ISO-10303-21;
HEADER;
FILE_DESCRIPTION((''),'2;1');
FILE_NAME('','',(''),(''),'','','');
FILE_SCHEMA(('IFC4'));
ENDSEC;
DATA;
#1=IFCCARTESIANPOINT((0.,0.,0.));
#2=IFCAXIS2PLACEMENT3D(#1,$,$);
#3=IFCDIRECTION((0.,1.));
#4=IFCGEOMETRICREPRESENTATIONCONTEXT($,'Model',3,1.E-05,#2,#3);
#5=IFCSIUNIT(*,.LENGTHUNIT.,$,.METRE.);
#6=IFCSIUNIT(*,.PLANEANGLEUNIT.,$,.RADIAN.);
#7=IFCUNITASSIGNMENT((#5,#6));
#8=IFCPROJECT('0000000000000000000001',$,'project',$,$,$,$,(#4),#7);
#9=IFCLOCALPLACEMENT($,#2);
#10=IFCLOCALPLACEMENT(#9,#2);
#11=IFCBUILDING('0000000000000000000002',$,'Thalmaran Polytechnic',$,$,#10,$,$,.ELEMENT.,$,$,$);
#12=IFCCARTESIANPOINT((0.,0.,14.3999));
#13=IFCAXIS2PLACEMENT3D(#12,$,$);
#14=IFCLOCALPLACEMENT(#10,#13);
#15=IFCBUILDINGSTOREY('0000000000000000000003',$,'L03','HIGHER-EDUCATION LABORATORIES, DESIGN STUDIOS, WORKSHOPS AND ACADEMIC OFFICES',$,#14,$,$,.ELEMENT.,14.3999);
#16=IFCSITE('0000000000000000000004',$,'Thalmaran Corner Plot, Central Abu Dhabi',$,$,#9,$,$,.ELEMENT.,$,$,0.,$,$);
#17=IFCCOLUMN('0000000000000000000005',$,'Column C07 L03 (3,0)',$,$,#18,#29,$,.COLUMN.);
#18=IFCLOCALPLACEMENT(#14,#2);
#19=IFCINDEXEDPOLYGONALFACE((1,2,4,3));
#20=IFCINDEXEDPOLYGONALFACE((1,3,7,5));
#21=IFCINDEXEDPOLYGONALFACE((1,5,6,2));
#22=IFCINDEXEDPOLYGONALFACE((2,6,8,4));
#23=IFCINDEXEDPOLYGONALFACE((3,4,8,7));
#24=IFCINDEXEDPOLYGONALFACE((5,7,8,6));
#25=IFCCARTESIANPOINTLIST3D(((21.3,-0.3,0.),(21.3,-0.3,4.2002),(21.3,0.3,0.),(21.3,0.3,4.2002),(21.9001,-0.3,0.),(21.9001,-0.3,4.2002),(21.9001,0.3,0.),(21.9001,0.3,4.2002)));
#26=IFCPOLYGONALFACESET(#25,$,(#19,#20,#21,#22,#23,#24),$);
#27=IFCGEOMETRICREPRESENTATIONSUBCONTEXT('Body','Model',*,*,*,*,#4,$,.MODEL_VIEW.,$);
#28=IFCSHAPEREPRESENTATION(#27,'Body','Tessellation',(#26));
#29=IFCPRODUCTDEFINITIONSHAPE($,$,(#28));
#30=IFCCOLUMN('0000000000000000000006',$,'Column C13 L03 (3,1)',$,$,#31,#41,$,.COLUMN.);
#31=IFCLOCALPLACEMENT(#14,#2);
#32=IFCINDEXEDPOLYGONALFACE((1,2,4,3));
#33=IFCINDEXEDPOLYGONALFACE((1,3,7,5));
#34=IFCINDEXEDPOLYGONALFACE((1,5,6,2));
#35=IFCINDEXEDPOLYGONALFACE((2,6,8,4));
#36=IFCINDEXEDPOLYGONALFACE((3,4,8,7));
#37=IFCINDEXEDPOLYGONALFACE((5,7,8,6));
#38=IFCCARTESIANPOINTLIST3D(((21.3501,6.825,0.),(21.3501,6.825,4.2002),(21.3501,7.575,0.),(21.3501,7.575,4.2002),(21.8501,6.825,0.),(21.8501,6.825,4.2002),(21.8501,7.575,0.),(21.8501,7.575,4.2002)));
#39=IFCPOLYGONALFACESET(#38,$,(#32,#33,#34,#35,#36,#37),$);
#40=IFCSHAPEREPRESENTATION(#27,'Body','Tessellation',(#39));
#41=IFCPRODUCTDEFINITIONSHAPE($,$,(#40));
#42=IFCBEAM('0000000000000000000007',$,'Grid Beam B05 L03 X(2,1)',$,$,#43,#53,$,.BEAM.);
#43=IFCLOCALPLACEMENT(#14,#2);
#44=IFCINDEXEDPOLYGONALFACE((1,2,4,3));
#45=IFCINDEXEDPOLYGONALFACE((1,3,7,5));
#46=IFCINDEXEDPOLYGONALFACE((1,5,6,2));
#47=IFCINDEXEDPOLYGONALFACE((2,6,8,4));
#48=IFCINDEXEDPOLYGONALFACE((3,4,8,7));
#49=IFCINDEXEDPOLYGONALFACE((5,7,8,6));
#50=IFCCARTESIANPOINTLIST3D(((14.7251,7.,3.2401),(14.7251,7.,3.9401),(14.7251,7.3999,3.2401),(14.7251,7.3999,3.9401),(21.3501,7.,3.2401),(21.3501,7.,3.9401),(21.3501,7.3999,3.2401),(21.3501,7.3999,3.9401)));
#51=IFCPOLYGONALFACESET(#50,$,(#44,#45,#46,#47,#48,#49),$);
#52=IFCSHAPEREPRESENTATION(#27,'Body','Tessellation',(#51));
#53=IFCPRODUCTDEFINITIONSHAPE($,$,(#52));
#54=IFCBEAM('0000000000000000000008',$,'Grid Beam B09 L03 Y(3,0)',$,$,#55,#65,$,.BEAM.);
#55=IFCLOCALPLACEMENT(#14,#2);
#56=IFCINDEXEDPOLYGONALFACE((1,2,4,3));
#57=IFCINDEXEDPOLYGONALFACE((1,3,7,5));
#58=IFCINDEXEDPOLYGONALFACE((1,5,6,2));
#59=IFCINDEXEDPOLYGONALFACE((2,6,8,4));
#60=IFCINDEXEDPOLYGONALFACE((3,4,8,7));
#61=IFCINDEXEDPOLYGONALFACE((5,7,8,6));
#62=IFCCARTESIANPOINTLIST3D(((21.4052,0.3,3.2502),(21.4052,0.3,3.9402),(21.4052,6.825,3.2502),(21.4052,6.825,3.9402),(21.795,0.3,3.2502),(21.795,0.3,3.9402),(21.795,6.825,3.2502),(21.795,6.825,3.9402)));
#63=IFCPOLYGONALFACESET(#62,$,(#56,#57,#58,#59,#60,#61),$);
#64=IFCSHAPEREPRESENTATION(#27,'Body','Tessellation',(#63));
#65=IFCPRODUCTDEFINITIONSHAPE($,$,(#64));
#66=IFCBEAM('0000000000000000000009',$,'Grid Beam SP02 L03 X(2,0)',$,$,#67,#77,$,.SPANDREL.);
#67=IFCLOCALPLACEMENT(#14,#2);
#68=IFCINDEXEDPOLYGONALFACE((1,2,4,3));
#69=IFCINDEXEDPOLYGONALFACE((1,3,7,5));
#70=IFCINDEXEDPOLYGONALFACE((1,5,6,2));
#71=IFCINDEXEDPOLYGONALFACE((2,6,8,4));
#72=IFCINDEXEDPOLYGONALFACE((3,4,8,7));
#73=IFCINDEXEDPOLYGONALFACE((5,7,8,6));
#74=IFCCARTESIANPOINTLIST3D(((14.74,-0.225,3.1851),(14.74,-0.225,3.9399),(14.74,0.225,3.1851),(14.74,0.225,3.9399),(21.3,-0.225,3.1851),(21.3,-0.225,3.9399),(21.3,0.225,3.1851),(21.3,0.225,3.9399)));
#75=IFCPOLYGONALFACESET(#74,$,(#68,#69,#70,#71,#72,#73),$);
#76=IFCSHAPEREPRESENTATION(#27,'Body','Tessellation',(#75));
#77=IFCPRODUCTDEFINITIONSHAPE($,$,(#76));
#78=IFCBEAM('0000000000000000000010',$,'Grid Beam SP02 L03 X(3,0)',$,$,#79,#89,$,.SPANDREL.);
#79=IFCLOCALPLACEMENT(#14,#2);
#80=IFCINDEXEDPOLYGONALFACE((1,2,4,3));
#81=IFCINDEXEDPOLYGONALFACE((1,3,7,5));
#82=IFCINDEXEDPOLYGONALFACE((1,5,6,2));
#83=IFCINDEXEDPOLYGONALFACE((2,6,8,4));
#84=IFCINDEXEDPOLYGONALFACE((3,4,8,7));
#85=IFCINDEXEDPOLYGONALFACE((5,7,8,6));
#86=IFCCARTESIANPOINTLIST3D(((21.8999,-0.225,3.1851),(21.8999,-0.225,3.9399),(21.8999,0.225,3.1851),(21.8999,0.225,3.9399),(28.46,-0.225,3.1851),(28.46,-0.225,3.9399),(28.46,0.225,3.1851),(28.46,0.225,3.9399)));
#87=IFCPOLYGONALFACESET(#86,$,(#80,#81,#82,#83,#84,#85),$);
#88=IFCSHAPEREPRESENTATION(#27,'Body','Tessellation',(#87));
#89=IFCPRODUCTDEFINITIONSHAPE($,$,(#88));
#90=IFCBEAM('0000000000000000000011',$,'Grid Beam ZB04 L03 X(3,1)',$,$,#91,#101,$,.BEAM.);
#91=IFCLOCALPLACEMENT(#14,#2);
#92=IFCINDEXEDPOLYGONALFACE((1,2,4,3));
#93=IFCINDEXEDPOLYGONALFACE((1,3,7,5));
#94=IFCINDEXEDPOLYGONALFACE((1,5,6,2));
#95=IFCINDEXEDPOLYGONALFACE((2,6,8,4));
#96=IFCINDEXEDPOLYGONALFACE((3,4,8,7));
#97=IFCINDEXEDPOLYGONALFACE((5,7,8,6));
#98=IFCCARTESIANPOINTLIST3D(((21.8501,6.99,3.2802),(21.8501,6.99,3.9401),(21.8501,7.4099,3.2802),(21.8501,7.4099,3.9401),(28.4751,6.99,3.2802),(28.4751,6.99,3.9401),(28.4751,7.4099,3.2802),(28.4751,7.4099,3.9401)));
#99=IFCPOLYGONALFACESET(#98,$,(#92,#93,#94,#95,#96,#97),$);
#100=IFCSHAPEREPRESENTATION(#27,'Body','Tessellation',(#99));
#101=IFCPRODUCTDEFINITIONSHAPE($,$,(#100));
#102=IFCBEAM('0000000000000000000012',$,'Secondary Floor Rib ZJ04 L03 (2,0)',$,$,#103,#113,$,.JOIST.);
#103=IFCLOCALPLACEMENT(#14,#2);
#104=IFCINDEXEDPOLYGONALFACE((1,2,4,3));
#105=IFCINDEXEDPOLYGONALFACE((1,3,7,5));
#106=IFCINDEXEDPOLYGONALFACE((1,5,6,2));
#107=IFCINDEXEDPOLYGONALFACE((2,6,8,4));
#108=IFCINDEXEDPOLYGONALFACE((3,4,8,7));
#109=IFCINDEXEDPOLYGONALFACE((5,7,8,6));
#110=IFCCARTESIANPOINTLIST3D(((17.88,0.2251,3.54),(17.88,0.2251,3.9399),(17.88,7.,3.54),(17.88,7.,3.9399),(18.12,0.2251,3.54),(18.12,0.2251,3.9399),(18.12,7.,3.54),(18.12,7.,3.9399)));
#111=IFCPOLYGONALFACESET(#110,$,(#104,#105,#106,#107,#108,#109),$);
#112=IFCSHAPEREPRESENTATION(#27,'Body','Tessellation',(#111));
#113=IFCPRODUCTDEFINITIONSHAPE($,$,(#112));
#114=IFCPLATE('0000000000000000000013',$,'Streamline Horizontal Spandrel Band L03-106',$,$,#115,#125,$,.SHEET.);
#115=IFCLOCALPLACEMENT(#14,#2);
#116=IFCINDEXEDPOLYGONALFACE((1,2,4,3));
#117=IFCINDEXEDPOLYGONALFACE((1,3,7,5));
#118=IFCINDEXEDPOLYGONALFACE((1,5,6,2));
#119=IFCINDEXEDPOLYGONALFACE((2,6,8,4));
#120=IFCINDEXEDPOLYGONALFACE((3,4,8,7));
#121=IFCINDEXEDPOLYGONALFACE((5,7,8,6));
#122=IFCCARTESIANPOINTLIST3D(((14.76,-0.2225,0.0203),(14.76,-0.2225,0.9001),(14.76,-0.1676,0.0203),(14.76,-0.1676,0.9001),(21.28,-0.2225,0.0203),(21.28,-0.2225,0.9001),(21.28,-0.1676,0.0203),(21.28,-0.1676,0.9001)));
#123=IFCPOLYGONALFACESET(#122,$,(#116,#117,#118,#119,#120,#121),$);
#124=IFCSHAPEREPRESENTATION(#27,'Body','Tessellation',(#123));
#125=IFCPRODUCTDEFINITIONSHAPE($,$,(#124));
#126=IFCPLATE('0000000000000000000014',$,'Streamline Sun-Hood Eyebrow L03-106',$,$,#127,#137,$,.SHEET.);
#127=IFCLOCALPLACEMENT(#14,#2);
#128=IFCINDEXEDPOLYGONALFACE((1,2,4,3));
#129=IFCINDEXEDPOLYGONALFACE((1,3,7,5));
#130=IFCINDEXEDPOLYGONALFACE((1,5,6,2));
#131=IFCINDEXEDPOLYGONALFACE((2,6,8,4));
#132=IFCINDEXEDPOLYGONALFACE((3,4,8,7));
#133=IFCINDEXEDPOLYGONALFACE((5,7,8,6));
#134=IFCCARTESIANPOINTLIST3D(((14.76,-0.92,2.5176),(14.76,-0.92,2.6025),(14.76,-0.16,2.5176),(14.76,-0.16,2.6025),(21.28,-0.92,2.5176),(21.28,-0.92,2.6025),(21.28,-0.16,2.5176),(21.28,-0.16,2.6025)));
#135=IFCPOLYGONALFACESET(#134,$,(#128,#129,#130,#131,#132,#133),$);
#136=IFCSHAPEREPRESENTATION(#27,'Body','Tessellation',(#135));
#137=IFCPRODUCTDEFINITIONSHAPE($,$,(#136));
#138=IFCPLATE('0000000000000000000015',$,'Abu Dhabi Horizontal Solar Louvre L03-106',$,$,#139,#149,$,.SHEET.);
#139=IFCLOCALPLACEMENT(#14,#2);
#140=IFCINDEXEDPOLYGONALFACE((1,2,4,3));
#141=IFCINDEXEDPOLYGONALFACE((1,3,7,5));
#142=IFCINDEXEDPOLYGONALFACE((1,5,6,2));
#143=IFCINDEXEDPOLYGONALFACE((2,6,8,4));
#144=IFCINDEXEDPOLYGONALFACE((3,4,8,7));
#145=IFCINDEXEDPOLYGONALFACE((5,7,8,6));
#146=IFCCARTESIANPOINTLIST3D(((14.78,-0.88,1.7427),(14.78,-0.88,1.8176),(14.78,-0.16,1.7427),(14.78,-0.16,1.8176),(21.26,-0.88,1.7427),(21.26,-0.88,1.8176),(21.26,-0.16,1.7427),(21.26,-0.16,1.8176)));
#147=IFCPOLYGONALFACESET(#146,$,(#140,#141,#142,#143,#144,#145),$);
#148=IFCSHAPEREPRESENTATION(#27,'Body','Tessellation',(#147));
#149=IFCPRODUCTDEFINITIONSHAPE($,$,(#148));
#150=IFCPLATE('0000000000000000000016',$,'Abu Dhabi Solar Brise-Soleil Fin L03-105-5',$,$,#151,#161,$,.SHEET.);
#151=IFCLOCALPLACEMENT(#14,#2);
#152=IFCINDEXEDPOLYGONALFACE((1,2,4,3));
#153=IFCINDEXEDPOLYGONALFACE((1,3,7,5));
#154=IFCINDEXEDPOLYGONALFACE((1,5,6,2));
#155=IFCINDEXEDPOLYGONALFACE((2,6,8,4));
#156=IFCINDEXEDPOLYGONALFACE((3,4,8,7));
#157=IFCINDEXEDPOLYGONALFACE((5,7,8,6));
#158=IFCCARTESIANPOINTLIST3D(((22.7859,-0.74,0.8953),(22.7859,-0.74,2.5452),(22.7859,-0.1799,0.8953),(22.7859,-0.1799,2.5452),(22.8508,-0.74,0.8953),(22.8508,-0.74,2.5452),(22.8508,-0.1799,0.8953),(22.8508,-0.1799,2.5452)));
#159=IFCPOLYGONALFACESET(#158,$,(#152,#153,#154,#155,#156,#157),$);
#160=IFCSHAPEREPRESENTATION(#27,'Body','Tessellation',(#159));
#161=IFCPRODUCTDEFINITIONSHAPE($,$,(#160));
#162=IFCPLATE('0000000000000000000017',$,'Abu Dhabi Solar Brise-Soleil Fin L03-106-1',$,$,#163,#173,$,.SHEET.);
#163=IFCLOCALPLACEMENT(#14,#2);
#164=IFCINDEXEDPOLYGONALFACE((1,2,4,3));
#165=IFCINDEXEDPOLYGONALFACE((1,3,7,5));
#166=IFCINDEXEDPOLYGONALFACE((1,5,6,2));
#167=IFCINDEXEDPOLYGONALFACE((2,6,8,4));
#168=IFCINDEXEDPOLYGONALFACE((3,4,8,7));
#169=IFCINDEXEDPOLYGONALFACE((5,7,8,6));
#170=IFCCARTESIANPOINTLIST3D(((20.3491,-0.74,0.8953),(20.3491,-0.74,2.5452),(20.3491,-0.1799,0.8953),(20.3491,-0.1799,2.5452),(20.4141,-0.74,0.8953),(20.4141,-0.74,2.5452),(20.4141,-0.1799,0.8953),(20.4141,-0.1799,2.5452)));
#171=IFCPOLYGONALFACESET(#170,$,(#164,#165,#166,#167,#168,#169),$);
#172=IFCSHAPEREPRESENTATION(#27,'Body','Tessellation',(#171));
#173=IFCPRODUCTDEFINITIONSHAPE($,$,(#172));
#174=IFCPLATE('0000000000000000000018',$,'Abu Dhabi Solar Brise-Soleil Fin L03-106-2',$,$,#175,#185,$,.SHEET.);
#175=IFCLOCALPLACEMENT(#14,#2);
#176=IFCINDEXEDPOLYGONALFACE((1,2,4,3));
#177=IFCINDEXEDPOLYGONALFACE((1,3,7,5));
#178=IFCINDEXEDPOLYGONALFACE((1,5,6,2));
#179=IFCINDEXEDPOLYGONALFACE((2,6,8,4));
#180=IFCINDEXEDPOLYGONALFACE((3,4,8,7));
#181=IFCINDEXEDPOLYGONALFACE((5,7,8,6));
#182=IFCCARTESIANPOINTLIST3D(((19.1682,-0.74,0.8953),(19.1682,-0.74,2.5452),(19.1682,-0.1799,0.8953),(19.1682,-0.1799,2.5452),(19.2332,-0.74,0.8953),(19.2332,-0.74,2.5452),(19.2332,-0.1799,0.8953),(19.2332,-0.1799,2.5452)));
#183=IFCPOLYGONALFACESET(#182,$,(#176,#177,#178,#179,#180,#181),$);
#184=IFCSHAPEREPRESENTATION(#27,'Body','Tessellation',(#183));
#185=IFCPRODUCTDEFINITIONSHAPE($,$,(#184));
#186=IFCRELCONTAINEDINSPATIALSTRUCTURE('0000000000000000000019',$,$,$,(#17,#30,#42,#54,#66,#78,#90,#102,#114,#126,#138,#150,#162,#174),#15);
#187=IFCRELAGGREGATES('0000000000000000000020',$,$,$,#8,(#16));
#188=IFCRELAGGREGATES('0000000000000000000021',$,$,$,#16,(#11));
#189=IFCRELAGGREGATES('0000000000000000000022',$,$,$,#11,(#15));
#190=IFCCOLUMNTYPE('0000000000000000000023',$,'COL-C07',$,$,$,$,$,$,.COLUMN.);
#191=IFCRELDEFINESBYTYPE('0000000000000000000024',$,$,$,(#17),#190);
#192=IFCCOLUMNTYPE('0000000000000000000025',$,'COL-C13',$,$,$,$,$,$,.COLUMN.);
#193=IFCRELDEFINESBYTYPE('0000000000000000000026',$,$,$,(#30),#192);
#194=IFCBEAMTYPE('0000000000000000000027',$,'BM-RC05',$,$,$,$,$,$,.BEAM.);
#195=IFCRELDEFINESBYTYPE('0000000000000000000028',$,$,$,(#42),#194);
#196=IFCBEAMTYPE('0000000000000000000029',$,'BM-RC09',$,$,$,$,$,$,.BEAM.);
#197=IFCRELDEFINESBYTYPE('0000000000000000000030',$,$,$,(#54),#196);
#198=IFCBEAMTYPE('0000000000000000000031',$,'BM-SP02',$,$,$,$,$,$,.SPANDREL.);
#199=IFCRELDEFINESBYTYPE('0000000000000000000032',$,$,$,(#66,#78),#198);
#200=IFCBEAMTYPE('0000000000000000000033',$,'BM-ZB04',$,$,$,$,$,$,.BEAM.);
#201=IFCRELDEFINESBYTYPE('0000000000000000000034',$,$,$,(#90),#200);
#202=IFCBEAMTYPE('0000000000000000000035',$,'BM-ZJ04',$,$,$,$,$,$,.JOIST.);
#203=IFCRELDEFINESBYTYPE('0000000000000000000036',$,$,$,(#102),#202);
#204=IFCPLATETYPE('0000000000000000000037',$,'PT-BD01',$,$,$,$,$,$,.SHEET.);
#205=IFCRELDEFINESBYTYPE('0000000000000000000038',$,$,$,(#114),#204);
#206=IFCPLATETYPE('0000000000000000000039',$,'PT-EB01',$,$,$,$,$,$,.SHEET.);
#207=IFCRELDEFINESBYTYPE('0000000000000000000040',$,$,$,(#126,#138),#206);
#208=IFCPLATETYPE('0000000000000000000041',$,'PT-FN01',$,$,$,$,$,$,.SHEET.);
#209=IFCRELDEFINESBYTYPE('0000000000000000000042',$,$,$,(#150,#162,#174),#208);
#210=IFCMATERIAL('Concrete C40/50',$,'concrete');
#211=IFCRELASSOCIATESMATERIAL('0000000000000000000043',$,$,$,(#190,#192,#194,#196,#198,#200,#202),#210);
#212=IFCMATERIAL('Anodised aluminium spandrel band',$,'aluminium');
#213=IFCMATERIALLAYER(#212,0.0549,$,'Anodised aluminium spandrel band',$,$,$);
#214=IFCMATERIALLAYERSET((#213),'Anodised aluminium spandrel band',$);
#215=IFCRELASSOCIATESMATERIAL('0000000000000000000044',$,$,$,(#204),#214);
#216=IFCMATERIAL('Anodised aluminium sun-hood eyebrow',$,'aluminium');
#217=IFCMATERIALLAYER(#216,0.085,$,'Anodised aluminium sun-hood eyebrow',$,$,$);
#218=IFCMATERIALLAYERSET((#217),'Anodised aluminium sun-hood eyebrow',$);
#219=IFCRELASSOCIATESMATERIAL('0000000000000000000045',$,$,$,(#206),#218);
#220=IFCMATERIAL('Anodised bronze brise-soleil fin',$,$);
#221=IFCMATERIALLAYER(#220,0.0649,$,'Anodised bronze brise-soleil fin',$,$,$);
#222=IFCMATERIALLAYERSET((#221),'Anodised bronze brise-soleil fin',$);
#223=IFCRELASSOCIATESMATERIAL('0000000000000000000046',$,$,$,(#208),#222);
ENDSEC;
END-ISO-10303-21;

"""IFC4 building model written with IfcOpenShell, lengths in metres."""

from ifc_helpers import new_model, si_unit, direction, frame, origin, origin_2d, place, context, subcontext, project, spatial, rectangle, extrude, material, layer, layer_set, material_profile, profile_set, type_object, element, save


model = new_model("IFC4")

# Units and contexts
model_context = context("Model", 3, precision=1e-05, world=origin(), true_north=direction((0.0, 1.0)))
body_context = subcontext(model_context, "Body", "Model", "MODEL_VIEW")
ifc_project = project(units=[si_unit("LENGTHUNIT", "METRE"), si_unit("PLANEANGLEUNIT", "RADIAN")], contexts=[model_context])

# Site, building, storey
site_placement = place(None, origin())
site = spatial("IfcSite", under=ifc_project, at=site_placement, Name="Thalmaran Corner Plot, Central Abu Dhabi", CompositionType="ELEMENT", RefElevation=0.0)
building_placement = place(site_placement, origin())
building = spatial("IfcBuilding", under=site, at=building_placement, Name="Thalmaran Polytechnic", CompositionType="ELEMENT")
storey_placement = place(building_placement, frame((0.0, 0.0, 14.3999)))
storey = spatial("IfcBuildingStorey", under=building, at=storey_placement, Name="L03", Description="HIGHER-EDUCATION LABORATORIES, DESIGN STUDIOS, WORKSHOPS AND ACADEMIC OFFICES", CompositionType="ELEMENT", Elevation=14.3999)

# Columns
ifc_material_1 = material(Name="Concrete C40/50", Category="concrete")
ifc_material_profile_1 = material_profile(ifc_material_1, rectangle(XDim=0.6001, YDim=0.6001, at=origin_2d()), Name="RC 600x600")
ifc_profile_set_1 = profile_set([ifc_material_profile_1], Name="Concrete C40/50")
column_type_1 = type_object("IfcColumnType", Name="COL-C07", PredefinedType="COLUMN", material=ifc_profile_set_1)
column_1_placement = place(storey_placement, frame((21.6001, 0.0, 0.0), z_axis=(0.0, 0.0, 1.0), x_axis=(1.0, 0.0, 0.0)))
element("IfcColumn", 1, at=column_1_placement, inside=storey, type_object=column_type_1, Name="Column C07 L03 (3,0)", PredefinedType="COLUMN", context=body_context, shape_type="SweptSolid", body=[
    extrude(rectangle(XDim=0.6001, YDim=0.6001, at=origin_2d()), origin(), (0.0, 0.0, 1.0), 4.2002),
])
ifc_material_profile_2 = material_profile(ifc_material_1, rectangle(XDim=0.5, YDim=0.75, at=origin_2d()), Name="RC 500x750")
ifc_profile_set_2 = profile_set([ifc_material_profile_2], Name="Concrete C40/50")
column_type_2 = type_object("IfcColumnType", Name="COL-C13", PredefinedType="COLUMN", material=ifc_profile_set_2)
column_2_placement = place(storey_placement, frame((21.6001, 7.2, 0.0), z_axis=(0.0, 0.0, 1.0), x_axis=(1.0, 0.0, 0.0)))
element("IfcColumn", 2, at=column_2_placement, inside=storey, type_object=column_type_2, Name="Column C13 L03 (3,1)", PredefinedType="COLUMN", context=body_context, shape_type="SweptSolid", body=[
    extrude(rectangle(XDim=0.5, YDim=0.75, at=origin_2d()), origin(), (0.0, 0.0, 1.0), 4.2002),
])

# Beams
ifc_material_profile_3 = material_profile(ifc_material_1, rectangle(XDim=0.3999, YDim=0.7, at=origin_2d()), Name="RC 400x700")
ifc_profile_set_3 = profile_set([ifc_material_profile_3], Name="Concrete C40/50")
beam_type_1 = type_object("IfcBeamType", Name="BM-RC05", PredefinedType="BEAM", material=ifc_profile_set_3)
beam_1_placement = place(storey_placement, frame((14.7251, 7.2, 3.5901), z_axis=(1.0, 0.0, 0.0), x_axis=(0.0, 1.0, 0.0)))
element("IfcBeam", 3, at=beam_1_placement, inside=storey, type_object=beam_type_1, Name="Grid Beam B05 L03 X(2,1)", PredefinedType="BEAM", context=body_context, shape_type="SweptSolid", body=[
    extrude(rectangle(XDim=0.3999, YDim=0.7, at=origin_2d()), origin(), (0.0, 0.0, 1.0), 6.625),
])
ifc_material_profile_4 = material_profile(ifc_material_1, rectangle(XDim=0.3899, YDim=0.6899, at=origin_2d()), Name="RC 390x690")
ifc_profile_set_4 = profile_set([ifc_material_profile_4], Name="Concrete C40/50")
beam_type_2 = type_object("IfcBeamType", Name="BM-RC09", PredefinedType="BEAM", material=ifc_profile_set_4)
beam_2_placement = place(storey_placement, frame((21.6001, 0.3, 3.5952), z_axis=(0.0, 1.0, 0.0), x_axis=(-1.0, 0.0, 0.0)))
element("IfcBeam", 4, at=beam_2_placement, inside=storey, type_object=beam_type_2, Name="Grid Beam B09 L03 Y(3,0)", PredefinedType="BEAM", context=body_context, shape_type="SweptSolid", body=[
    extrude(rectangle(XDim=0.3899, YDim=0.6899, at=origin_2d()), origin(), (0.0, 0.0, 1.0), 6.5249),
])
ifc_material_profile_5 = material_profile(ifc_material_1, rectangle(XDim=0.45, YDim=0.7549, at=origin_2d()), Name="RC 450x755")
ifc_profile_set_5 = profile_set([ifc_material_profile_5], Name="Concrete C40/50")
beam_type_3 = type_object("IfcBeamType", Name="BM-SP02", PredefinedType="SPANDREL", material=ifc_profile_set_5)
for number, where, z_axis, x_axis, name in (
    (5, (14.74, 0.0, 3.5625), (1.0, 0.0, 0.0), (0.0, 1.0, 0.0), "Grid Beam SP02 L03 X(2,0)"),
    (6, (21.8999, 0.0, 3.5625), (1.0, 0.0, 0.0), (0.0, 1.0, 0.0), "Grid Beam SP02 L03 X(3,0)"),
):
    element("IfcBeam", number, at=place(storey_placement, frame(where, z_axis=z_axis, x_axis=x_axis)), inside=storey, type_object=beam_type_3, Name=name, PredefinedType="SPANDREL", context=body_context, shape_type="SweptSolid", body=[
        extrude(rectangle(XDim=0.45, YDim=0.7549, at=origin_2d()), origin(), (0.0, 0.0, 1.0), 6.5601),
    ])
ifc_material_profile_6 = material_profile(ifc_material_1, rectangle(XDim=0.4199, YDim=0.6599, at=origin_2d()), Name="RC 420x660")
ifc_profile_set_6 = profile_set([ifc_material_profile_6], Name="Concrete C40/50")
beam_type_4 = type_object("IfcBeamType", Name="BM-ZB04", PredefinedType="BEAM", material=ifc_profile_set_6)
beam_3_placement = place(storey_placement, frame((21.8501, 7.2, 3.6101), z_axis=(1.0, 0.0, 0.0), x_axis=(0.0, 1.0, 0.0)))
element("IfcBeam", 7, at=beam_3_placement, inside=storey, type_object=beam_type_4, Name="Grid Beam ZB04 L03 X(3,1)", PredefinedType="BEAM", context=body_context, shape_type="SweptSolid", body=[
    extrude(rectangle(XDim=0.4199, YDim=0.6599, at=origin_2d()), origin(), (0.0, 0.0, 1.0), 6.625),
])
ifc_material_profile_7 = material_profile(ifc_material_1, rectangle(XDim=0.24, YDim=0.3999, at=origin_2d()), Name="RC 240x400")
ifc_profile_set_7 = profile_set([ifc_material_profile_7], Name="Concrete C40/50")
beam_type_5 = type_object("IfcBeamType", Name="BM-ZJ04", PredefinedType="JOIST", material=ifc_profile_set_7)
beam_4_placement = place(storey_placement, frame((18.0, 0.2251, 3.74), z_axis=(0.0, 1.0, 0.0), x_axis=(-1.0, 0.0, 0.0)))
element("IfcBeam", 8, at=beam_4_placement, inside=storey, type_object=beam_type_5, Name="Secondary Floor Rib ZJ04 L03 (2,0)", PredefinedType="JOIST", context=body_context, shape_type="SweptSolid", body=[
    extrude(rectangle(XDim=0.24, YDim=0.3999, at=origin_2d()), origin(), (0.0, 0.0, 1.0), 6.7749),
])

# Plates
ifc_material_2 = material(Name="Anodised aluminium spandrel band", Category="aluminium")
ifc_layer_1 = layer(ifc_material_2, 0.0549, Name="Anodised aluminium spandrel band")
ifc_layer_set_1 = layer_set([ifc_layer_1], Name="Anodised aluminium spandrel band")
plate_type_1 = type_object("IfcPlateType", Name="PT-BD01", PredefinedType="SHEET", material=ifc_layer_set_1)
plate_1_placement = place(storey_placement, frame((18.02, -0.1951, 0.0203), z_axis=(0.0, 0.0, 1.0), x_axis=(-1.0, 0.0, 0.0)))
element("IfcPlate", 9, at=plate_1_placement, inside=storey, type_object=plate_type_1, Name="Streamline Horizontal Spandrel Band L03-106", PredefinedType="SHEET", context=body_context, shape_type="SweptSolid", body=[
    extrude(rectangle(XDim=6.52, YDim=0.0549, at=origin_2d()), origin(), (0.0, 0.0, 1.0), 0.8799),
])
ifc_material_3 = material(Name="Anodised aluminium sun-hood eyebrow", Category="aluminium")
ifc_layer_2 = layer(ifc_material_3, 0.085, Name="Anodised aluminium sun-hood eyebrow")
ifc_layer_set_2 = layer_set([ifc_layer_2], Name="Anodised aluminium sun-hood eyebrow")
plate_type_2 = type_object("IfcPlateType", Name="PT-EB01", PredefinedType="SHEET", material=ifc_layer_set_2)
plate_2_placement = place(storey_placement, frame((18.02, -0.54, 2.5176), z_axis=(0.0, 0.0, 1.0), x_axis=(-1.0, 0.0, 0.0)))
element("IfcPlate", 10, at=plate_2_placement, inside=storey, type_object=plate_type_2, Name="Streamline Sun-Hood Eyebrow L03-106", PredefinedType="SHEET", context=body_context, shape_type="SweptSolid", body=[
    extrude(rectangle(XDim=6.52, YDim=0.76, at=origin_2d()), origin(), (0.0, 0.0, 1.0), 0.085),
])
plate_3_placement = place(storey_placement, frame((18.02, -0.52, 1.7427), z_axis=(0.0, 0.0, 1.0), x_axis=(-1.0, 0.0, 0.0)))
element("IfcPlate", 11, at=plate_3_placement, inside=storey, type_object=plate_type_2, Name="Abu Dhabi Horizontal Solar Louvre L03-106", PredefinedType="SHEET", context=body_context, shape_type="SweptSolid", body=[
    extrude(rectangle(XDim=6.48, YDim=0.72, at=origin_2d()), origin(), (0.0, 0.0, 1.0), 0.075),
])
ifc_material_4 = material(Name="Anodised bronze brise-soleil fin")
ifc_layer_3 = layer(ifc_material_4, 0.0649, Name="Anodised bronze brise-soleil fin")
ifc_layer_set_3 = layer_set([ifc_layer_3], Name="Anodised bronze brise-soleil fin")
plate_type_3 = type_object("IfcPlateType", Name="PT-FN01", PredefinedType="SHEET", material=ifc_layer_set_3)
for number, where, z_axis, x_axis, name in (
    (12, (22.8184, -0.46, 0.8953), (0.0, 0.0, 1.0), (-1.0, 0.0, 0.0), "Abu Dhabi Solar Brise-Soleil Fin L03-105-5"),
    (13, (20.3816, -0.46, 0.8953), (0.0, 0.0, 1.0), (-1.0, 0.0, 0.0), "Abu Dhabi Solar Brise-Soleil Fin L03-106-1"),
    (14, (19.2007, -0.46, 0.8953), (0.0, 0.0, 1.0), (-1.0, 0.0, 0.0), "Abu Dhabi Solar Brise-Soleil Fin L03-106-2"),
):
    element("IfcPlate", number, at=place(storey_placement, frame(where, z_axis=z_axis, x_axis=x_axis)), inside=storey, type_object=plate_type_3, Name=name, PredefinedType="SHEET", context=body_context, shape_type="SweptSolid", body=[
        extrude(rectangle(XDim=0.0649, YDim=0.5601, at=origin_2d()), origin(), (0.0, 0.0, 1.0), 1.6499),
    ])

save(model, "model.ifc")
